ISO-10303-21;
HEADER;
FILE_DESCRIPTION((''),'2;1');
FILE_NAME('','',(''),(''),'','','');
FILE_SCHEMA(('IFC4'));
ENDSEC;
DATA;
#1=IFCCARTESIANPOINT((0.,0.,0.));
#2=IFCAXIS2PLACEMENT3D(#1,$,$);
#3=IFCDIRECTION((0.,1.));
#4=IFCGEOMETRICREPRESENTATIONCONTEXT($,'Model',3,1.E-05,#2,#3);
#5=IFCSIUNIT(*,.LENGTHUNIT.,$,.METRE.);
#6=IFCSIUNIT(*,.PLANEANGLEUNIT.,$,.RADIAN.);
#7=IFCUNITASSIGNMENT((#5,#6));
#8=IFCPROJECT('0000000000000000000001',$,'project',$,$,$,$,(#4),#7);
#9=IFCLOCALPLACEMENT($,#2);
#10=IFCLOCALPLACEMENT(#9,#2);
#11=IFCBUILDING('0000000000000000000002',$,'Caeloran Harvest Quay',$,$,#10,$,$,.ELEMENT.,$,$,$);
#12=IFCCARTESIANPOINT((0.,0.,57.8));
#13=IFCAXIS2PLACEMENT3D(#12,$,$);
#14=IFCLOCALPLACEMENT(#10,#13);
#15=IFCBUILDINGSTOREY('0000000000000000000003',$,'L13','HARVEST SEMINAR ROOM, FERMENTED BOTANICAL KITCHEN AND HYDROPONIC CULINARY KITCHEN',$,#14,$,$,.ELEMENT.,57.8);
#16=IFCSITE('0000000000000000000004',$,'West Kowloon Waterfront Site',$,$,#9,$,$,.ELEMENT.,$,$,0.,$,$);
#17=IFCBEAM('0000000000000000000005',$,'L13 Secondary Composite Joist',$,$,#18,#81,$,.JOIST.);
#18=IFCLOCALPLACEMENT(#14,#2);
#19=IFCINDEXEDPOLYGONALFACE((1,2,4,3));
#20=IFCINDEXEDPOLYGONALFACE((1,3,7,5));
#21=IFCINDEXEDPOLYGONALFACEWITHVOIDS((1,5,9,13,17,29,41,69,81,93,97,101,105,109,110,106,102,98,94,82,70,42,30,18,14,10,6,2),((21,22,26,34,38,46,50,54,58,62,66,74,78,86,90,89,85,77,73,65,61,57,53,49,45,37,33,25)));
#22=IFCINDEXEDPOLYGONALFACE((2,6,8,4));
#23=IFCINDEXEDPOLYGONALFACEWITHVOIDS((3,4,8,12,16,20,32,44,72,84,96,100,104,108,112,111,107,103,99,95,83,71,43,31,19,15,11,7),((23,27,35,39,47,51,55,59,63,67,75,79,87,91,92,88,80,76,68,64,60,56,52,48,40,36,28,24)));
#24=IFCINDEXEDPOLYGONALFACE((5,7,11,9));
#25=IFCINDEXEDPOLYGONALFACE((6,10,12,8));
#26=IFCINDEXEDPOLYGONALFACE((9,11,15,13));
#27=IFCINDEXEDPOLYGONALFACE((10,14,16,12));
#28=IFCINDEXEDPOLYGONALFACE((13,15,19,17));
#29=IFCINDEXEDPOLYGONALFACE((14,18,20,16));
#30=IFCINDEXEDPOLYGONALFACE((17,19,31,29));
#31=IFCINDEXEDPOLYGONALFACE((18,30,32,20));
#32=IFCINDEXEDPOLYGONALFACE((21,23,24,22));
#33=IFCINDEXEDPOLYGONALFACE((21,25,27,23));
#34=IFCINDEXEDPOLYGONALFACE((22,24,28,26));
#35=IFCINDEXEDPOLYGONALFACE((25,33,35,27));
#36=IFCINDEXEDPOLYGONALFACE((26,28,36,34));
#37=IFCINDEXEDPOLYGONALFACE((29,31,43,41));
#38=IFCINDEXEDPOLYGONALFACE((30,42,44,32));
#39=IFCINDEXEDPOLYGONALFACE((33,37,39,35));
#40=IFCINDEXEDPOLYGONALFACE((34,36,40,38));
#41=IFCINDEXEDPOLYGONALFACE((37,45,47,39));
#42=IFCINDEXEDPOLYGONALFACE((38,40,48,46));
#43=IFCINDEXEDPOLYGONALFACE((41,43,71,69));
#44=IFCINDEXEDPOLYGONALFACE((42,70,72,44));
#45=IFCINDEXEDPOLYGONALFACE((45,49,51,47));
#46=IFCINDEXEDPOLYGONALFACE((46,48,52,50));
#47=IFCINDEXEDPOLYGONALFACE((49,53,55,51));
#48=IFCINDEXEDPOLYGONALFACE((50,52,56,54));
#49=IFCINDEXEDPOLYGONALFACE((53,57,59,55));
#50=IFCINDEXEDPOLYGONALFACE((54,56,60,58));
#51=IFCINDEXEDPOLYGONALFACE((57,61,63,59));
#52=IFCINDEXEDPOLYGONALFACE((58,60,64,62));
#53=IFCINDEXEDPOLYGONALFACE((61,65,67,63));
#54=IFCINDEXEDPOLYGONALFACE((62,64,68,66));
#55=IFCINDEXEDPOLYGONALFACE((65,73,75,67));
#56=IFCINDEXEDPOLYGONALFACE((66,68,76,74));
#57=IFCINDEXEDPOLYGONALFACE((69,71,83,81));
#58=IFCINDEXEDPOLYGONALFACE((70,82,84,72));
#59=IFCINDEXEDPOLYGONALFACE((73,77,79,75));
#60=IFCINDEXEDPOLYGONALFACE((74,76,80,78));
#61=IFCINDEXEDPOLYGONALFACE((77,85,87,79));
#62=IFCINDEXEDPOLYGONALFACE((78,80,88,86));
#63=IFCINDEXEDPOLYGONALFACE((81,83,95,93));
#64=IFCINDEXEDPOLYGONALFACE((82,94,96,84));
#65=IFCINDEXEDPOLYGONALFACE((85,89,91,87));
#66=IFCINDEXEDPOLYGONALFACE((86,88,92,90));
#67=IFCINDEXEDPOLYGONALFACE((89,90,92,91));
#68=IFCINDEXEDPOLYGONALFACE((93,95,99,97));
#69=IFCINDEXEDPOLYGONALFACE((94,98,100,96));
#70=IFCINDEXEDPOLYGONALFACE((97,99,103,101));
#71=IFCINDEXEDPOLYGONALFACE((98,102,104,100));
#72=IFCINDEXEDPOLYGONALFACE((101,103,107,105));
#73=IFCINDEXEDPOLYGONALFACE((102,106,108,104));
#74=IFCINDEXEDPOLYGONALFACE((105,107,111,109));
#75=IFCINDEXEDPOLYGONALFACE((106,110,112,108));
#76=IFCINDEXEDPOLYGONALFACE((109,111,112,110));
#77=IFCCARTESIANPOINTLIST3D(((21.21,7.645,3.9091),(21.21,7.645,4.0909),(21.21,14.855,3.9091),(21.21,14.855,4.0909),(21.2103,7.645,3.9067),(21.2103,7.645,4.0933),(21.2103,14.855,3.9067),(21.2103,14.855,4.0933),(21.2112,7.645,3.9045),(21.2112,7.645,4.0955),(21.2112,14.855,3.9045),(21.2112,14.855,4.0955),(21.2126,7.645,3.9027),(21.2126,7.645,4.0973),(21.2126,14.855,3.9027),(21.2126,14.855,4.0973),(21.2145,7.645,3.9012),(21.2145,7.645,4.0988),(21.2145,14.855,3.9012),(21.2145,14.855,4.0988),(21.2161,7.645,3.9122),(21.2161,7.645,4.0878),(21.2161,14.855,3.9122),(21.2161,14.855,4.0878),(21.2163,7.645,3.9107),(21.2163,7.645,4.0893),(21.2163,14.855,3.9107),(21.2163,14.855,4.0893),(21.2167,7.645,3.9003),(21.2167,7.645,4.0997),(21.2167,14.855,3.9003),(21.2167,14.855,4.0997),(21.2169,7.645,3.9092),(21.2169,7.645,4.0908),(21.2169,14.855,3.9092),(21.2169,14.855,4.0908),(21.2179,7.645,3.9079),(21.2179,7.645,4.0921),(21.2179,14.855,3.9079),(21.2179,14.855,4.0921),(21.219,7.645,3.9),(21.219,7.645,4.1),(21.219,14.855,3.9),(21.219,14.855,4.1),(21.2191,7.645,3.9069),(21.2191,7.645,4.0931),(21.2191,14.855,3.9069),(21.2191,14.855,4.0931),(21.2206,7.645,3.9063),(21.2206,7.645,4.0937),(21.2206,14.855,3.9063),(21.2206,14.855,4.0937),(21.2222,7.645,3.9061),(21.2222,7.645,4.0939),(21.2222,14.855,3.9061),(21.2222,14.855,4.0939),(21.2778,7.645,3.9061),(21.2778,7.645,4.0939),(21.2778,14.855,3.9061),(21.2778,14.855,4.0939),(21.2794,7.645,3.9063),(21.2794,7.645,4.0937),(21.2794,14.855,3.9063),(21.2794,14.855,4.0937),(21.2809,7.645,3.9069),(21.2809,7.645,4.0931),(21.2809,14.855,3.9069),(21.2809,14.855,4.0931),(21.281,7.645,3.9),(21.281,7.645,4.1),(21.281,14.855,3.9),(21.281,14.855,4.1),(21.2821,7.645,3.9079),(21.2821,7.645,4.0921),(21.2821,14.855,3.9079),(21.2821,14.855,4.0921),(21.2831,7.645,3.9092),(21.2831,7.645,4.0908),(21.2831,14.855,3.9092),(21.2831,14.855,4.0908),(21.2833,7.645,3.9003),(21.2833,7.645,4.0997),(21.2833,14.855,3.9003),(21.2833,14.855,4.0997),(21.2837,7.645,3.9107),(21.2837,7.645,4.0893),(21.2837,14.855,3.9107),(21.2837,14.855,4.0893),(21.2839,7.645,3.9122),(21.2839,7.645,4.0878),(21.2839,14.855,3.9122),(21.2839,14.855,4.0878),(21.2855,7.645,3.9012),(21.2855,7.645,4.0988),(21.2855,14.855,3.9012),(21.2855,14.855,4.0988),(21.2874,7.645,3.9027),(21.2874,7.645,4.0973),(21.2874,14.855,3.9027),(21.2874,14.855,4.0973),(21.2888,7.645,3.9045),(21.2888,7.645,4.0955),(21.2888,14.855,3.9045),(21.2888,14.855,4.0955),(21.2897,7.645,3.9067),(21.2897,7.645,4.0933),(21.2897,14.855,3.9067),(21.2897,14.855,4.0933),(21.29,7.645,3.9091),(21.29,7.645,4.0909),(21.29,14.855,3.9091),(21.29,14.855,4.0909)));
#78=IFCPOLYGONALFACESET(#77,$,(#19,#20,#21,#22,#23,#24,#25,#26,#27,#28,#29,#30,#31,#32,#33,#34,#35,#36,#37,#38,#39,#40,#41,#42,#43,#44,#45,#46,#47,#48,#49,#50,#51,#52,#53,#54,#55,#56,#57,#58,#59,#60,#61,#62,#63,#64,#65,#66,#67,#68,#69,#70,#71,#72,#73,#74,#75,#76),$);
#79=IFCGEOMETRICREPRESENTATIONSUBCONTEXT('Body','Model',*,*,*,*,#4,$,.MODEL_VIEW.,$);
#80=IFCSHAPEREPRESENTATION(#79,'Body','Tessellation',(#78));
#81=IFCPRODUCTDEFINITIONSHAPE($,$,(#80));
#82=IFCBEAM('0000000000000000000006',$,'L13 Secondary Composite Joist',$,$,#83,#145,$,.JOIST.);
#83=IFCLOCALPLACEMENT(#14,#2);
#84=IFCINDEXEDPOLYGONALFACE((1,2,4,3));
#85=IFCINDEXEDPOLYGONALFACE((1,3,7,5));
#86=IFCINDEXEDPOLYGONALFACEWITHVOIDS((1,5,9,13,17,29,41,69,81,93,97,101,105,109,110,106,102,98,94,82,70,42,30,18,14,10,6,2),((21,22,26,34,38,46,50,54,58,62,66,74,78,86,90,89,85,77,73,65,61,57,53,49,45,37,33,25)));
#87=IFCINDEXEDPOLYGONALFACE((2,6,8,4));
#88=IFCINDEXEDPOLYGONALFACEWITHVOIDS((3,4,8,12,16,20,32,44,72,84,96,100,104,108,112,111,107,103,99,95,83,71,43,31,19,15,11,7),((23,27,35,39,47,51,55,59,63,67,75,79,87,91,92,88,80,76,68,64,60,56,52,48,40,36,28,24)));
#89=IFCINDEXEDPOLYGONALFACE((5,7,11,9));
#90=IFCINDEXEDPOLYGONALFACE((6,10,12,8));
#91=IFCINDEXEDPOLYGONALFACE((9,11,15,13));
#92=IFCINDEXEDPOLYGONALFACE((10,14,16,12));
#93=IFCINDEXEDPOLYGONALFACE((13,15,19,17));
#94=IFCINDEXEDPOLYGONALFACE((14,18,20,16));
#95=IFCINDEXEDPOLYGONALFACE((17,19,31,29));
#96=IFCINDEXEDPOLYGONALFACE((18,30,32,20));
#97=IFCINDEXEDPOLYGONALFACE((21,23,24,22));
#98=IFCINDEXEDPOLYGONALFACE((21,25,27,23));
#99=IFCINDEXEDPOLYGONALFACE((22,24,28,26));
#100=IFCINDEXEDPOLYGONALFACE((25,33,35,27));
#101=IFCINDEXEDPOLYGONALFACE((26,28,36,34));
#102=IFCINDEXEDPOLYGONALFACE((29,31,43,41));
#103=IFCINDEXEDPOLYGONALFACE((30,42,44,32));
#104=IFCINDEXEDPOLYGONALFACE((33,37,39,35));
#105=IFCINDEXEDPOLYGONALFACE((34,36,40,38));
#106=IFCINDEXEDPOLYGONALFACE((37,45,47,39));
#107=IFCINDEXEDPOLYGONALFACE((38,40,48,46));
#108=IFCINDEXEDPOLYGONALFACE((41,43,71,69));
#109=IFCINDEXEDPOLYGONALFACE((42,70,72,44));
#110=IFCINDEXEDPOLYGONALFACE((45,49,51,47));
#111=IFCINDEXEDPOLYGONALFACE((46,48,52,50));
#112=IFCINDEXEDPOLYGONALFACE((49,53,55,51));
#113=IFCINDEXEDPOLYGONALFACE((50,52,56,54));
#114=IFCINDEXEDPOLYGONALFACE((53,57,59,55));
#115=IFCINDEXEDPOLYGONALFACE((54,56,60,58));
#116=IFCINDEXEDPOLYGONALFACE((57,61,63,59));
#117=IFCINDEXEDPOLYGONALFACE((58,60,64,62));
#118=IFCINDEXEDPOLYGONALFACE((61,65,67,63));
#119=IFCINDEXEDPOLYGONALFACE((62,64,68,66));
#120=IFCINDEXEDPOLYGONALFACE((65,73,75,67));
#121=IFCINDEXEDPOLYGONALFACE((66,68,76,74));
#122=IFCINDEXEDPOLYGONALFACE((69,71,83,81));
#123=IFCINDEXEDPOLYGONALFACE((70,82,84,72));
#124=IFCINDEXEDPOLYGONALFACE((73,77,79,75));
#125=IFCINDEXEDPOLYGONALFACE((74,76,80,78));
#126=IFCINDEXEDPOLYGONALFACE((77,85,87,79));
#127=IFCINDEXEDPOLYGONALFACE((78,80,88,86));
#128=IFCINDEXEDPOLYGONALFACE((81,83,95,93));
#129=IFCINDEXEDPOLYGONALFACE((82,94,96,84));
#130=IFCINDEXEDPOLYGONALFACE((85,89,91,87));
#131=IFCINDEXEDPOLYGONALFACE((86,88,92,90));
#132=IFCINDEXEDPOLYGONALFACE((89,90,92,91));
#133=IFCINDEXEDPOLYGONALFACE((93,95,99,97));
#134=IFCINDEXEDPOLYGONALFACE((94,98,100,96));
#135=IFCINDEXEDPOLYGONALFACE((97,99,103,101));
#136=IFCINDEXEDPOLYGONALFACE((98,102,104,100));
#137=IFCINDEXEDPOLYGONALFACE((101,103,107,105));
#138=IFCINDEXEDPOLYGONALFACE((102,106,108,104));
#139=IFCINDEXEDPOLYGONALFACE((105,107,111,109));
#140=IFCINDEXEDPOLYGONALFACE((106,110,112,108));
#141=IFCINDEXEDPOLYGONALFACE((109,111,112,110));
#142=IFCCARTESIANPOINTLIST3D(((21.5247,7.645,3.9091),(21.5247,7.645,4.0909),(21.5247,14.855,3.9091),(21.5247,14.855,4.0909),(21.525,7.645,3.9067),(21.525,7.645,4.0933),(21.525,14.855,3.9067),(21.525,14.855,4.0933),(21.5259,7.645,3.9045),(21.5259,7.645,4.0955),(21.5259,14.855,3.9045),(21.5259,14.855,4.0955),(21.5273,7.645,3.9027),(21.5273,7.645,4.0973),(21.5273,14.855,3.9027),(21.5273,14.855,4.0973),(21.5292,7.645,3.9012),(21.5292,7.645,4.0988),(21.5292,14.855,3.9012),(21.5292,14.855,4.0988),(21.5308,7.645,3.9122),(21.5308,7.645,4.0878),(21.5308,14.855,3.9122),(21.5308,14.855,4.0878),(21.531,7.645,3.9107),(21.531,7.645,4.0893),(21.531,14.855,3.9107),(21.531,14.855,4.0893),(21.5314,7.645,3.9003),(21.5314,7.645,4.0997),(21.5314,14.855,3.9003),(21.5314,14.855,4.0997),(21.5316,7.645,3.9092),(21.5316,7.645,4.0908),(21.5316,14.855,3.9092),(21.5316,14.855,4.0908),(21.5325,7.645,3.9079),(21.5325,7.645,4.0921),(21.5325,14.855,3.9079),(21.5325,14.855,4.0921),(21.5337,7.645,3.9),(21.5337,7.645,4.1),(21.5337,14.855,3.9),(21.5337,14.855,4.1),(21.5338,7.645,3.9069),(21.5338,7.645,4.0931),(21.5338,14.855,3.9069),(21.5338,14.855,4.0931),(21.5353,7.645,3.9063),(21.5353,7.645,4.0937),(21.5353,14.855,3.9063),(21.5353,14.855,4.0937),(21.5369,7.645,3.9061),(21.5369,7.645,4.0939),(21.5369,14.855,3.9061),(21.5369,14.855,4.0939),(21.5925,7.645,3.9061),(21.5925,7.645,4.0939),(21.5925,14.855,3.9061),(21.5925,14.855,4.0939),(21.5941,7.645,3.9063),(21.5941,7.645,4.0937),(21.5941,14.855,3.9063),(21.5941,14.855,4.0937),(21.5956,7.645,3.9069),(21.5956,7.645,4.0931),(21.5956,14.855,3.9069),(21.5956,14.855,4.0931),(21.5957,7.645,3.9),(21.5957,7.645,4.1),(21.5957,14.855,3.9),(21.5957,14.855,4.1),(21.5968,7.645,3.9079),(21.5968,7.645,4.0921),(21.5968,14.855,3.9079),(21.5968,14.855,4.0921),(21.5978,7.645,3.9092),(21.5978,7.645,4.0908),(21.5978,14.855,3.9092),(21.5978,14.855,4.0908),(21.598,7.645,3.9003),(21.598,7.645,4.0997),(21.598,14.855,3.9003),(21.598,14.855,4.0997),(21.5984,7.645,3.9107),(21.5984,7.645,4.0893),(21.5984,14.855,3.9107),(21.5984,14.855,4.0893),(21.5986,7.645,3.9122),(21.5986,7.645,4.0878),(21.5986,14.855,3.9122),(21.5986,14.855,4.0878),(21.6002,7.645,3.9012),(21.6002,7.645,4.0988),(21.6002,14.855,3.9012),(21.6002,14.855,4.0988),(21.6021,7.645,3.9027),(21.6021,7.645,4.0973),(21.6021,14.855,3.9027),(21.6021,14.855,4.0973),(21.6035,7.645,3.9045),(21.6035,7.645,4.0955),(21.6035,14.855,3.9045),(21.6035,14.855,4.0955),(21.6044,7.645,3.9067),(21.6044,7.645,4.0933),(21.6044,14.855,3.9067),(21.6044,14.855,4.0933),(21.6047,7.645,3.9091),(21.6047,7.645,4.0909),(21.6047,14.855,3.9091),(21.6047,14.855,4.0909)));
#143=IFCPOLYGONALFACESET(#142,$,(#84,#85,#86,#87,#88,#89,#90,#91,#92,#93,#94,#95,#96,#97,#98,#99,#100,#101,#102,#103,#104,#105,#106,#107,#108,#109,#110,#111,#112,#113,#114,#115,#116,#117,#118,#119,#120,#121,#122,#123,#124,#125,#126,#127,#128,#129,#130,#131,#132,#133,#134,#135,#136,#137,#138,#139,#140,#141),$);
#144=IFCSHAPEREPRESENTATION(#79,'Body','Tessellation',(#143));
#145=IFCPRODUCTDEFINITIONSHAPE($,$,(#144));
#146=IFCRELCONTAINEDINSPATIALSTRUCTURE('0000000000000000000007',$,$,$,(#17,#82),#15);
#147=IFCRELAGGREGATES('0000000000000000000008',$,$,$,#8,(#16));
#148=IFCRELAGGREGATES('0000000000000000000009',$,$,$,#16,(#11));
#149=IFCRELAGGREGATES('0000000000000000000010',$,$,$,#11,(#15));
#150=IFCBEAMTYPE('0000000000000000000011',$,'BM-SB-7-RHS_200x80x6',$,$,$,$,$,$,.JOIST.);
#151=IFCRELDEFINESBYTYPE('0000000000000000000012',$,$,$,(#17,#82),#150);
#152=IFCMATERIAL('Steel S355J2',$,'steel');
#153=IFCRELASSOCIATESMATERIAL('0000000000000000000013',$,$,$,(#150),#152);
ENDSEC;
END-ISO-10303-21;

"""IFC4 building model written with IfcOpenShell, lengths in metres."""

from ifc_helpers import new_model, si_unit, direction, frame, origin, origin_2d, place, context, subcontext, project, spatial, hollow_rectangle, extrude, material, material_profile, profile_set, type_object, element, save


model = new_model("IFC4")

# Units and contexts
model_context = context("Model", 3, precision=1e-05, world=origin(), true_north=direction((0.0, 1.0)))
body_context = subcontext(model_context, "Body", "Model", "MODEL_VIEW")
ifc_project = project(units=[si_unit("LENGTHUNIT", "METRE"), si_unit("PLANEANGLEUNIT", "RADIAN")], contexts=[model_context])

# Site, building, storey
site_placement = place(None, origin())
site = spatial("IfcSite", under=ifc_project, at=site_placement, Name="West Kowloon Waterfront Site", CompositionType="ELEMENT", RefElevation=0.0)
building_placement = place(site_placement, origin())
building = spatial("IfcBuilding", under=site, at=building_placement, Name="Caeloran Harvest Quay", CompositionType="ELEMENT")
storey_placement = place(building_placement, frame((0.0, 0.0, 57.8)))
storey = spatial("IfcBuildingStorey", under=building, at=storey_placement, Name="L13", Description="HARVEST SEMINAR ROOM, FERMENTED BOTANICAL KITCHEN AND HYDROPONIC CULINARY KITCHEN", CompositionType="ELEMENT", Elevation=57.8)

# Beams
ifc_material = material(Name="Steel S355J2", Category="steel")
ifc_material_profile_1 = material_profile(ifc_material, hollow_rectangle(XDim=0.0801, YDim=0.2, WallThickness=0.0061, InnerFilletRadius=0.0061, OuterFilletRadius=0.009, at=origin_2d()), Name="RHS 200x80x6")
ifc_profile_set_1 = profile_set([ifc_material_profile_1], Name="Steel S355J2")
beam_type_1 = type_object("IfcBeamType", Name="BM-SB-7-RHS_200x80x6", PredefinedType="JOIST", material=ifc_profile_set_1)
for number, where, z_axis, x_axis, name in (
    (1, (21.25, 7.645, 4.0), (0.0, 1.0, 0.0), (-1.0, 0.0, 0.0), "L13 Secondary Composite Joist"),
    (2, (21.5647, 7.645, 4.0), (0.0, 1.0, 0.0), (-1.0, 0.0, 0.0), "L13 Secondary Composite Joist"),
):
    element("IfcBeam", number, at=place(storey_placement, frame(where, z_axis=z_axis, x_axis=x_axis)), inside=storey, type_object=beam_type_1, Name=name, PredefinedType="JOIST", context=body_context, shape_type="SweptSolid", body=[
        extrude(hollow_rectangle(XDim=0.0801, YDim=0.2, WallThickness=0.0061, InnerFilletRadius=0.0061, OuterFilletRadius=0.009, at=origin_2d()), origin(), (0.0, 0.0, 1.0), 7.21),
    ])

save(model, "model.ifc")
